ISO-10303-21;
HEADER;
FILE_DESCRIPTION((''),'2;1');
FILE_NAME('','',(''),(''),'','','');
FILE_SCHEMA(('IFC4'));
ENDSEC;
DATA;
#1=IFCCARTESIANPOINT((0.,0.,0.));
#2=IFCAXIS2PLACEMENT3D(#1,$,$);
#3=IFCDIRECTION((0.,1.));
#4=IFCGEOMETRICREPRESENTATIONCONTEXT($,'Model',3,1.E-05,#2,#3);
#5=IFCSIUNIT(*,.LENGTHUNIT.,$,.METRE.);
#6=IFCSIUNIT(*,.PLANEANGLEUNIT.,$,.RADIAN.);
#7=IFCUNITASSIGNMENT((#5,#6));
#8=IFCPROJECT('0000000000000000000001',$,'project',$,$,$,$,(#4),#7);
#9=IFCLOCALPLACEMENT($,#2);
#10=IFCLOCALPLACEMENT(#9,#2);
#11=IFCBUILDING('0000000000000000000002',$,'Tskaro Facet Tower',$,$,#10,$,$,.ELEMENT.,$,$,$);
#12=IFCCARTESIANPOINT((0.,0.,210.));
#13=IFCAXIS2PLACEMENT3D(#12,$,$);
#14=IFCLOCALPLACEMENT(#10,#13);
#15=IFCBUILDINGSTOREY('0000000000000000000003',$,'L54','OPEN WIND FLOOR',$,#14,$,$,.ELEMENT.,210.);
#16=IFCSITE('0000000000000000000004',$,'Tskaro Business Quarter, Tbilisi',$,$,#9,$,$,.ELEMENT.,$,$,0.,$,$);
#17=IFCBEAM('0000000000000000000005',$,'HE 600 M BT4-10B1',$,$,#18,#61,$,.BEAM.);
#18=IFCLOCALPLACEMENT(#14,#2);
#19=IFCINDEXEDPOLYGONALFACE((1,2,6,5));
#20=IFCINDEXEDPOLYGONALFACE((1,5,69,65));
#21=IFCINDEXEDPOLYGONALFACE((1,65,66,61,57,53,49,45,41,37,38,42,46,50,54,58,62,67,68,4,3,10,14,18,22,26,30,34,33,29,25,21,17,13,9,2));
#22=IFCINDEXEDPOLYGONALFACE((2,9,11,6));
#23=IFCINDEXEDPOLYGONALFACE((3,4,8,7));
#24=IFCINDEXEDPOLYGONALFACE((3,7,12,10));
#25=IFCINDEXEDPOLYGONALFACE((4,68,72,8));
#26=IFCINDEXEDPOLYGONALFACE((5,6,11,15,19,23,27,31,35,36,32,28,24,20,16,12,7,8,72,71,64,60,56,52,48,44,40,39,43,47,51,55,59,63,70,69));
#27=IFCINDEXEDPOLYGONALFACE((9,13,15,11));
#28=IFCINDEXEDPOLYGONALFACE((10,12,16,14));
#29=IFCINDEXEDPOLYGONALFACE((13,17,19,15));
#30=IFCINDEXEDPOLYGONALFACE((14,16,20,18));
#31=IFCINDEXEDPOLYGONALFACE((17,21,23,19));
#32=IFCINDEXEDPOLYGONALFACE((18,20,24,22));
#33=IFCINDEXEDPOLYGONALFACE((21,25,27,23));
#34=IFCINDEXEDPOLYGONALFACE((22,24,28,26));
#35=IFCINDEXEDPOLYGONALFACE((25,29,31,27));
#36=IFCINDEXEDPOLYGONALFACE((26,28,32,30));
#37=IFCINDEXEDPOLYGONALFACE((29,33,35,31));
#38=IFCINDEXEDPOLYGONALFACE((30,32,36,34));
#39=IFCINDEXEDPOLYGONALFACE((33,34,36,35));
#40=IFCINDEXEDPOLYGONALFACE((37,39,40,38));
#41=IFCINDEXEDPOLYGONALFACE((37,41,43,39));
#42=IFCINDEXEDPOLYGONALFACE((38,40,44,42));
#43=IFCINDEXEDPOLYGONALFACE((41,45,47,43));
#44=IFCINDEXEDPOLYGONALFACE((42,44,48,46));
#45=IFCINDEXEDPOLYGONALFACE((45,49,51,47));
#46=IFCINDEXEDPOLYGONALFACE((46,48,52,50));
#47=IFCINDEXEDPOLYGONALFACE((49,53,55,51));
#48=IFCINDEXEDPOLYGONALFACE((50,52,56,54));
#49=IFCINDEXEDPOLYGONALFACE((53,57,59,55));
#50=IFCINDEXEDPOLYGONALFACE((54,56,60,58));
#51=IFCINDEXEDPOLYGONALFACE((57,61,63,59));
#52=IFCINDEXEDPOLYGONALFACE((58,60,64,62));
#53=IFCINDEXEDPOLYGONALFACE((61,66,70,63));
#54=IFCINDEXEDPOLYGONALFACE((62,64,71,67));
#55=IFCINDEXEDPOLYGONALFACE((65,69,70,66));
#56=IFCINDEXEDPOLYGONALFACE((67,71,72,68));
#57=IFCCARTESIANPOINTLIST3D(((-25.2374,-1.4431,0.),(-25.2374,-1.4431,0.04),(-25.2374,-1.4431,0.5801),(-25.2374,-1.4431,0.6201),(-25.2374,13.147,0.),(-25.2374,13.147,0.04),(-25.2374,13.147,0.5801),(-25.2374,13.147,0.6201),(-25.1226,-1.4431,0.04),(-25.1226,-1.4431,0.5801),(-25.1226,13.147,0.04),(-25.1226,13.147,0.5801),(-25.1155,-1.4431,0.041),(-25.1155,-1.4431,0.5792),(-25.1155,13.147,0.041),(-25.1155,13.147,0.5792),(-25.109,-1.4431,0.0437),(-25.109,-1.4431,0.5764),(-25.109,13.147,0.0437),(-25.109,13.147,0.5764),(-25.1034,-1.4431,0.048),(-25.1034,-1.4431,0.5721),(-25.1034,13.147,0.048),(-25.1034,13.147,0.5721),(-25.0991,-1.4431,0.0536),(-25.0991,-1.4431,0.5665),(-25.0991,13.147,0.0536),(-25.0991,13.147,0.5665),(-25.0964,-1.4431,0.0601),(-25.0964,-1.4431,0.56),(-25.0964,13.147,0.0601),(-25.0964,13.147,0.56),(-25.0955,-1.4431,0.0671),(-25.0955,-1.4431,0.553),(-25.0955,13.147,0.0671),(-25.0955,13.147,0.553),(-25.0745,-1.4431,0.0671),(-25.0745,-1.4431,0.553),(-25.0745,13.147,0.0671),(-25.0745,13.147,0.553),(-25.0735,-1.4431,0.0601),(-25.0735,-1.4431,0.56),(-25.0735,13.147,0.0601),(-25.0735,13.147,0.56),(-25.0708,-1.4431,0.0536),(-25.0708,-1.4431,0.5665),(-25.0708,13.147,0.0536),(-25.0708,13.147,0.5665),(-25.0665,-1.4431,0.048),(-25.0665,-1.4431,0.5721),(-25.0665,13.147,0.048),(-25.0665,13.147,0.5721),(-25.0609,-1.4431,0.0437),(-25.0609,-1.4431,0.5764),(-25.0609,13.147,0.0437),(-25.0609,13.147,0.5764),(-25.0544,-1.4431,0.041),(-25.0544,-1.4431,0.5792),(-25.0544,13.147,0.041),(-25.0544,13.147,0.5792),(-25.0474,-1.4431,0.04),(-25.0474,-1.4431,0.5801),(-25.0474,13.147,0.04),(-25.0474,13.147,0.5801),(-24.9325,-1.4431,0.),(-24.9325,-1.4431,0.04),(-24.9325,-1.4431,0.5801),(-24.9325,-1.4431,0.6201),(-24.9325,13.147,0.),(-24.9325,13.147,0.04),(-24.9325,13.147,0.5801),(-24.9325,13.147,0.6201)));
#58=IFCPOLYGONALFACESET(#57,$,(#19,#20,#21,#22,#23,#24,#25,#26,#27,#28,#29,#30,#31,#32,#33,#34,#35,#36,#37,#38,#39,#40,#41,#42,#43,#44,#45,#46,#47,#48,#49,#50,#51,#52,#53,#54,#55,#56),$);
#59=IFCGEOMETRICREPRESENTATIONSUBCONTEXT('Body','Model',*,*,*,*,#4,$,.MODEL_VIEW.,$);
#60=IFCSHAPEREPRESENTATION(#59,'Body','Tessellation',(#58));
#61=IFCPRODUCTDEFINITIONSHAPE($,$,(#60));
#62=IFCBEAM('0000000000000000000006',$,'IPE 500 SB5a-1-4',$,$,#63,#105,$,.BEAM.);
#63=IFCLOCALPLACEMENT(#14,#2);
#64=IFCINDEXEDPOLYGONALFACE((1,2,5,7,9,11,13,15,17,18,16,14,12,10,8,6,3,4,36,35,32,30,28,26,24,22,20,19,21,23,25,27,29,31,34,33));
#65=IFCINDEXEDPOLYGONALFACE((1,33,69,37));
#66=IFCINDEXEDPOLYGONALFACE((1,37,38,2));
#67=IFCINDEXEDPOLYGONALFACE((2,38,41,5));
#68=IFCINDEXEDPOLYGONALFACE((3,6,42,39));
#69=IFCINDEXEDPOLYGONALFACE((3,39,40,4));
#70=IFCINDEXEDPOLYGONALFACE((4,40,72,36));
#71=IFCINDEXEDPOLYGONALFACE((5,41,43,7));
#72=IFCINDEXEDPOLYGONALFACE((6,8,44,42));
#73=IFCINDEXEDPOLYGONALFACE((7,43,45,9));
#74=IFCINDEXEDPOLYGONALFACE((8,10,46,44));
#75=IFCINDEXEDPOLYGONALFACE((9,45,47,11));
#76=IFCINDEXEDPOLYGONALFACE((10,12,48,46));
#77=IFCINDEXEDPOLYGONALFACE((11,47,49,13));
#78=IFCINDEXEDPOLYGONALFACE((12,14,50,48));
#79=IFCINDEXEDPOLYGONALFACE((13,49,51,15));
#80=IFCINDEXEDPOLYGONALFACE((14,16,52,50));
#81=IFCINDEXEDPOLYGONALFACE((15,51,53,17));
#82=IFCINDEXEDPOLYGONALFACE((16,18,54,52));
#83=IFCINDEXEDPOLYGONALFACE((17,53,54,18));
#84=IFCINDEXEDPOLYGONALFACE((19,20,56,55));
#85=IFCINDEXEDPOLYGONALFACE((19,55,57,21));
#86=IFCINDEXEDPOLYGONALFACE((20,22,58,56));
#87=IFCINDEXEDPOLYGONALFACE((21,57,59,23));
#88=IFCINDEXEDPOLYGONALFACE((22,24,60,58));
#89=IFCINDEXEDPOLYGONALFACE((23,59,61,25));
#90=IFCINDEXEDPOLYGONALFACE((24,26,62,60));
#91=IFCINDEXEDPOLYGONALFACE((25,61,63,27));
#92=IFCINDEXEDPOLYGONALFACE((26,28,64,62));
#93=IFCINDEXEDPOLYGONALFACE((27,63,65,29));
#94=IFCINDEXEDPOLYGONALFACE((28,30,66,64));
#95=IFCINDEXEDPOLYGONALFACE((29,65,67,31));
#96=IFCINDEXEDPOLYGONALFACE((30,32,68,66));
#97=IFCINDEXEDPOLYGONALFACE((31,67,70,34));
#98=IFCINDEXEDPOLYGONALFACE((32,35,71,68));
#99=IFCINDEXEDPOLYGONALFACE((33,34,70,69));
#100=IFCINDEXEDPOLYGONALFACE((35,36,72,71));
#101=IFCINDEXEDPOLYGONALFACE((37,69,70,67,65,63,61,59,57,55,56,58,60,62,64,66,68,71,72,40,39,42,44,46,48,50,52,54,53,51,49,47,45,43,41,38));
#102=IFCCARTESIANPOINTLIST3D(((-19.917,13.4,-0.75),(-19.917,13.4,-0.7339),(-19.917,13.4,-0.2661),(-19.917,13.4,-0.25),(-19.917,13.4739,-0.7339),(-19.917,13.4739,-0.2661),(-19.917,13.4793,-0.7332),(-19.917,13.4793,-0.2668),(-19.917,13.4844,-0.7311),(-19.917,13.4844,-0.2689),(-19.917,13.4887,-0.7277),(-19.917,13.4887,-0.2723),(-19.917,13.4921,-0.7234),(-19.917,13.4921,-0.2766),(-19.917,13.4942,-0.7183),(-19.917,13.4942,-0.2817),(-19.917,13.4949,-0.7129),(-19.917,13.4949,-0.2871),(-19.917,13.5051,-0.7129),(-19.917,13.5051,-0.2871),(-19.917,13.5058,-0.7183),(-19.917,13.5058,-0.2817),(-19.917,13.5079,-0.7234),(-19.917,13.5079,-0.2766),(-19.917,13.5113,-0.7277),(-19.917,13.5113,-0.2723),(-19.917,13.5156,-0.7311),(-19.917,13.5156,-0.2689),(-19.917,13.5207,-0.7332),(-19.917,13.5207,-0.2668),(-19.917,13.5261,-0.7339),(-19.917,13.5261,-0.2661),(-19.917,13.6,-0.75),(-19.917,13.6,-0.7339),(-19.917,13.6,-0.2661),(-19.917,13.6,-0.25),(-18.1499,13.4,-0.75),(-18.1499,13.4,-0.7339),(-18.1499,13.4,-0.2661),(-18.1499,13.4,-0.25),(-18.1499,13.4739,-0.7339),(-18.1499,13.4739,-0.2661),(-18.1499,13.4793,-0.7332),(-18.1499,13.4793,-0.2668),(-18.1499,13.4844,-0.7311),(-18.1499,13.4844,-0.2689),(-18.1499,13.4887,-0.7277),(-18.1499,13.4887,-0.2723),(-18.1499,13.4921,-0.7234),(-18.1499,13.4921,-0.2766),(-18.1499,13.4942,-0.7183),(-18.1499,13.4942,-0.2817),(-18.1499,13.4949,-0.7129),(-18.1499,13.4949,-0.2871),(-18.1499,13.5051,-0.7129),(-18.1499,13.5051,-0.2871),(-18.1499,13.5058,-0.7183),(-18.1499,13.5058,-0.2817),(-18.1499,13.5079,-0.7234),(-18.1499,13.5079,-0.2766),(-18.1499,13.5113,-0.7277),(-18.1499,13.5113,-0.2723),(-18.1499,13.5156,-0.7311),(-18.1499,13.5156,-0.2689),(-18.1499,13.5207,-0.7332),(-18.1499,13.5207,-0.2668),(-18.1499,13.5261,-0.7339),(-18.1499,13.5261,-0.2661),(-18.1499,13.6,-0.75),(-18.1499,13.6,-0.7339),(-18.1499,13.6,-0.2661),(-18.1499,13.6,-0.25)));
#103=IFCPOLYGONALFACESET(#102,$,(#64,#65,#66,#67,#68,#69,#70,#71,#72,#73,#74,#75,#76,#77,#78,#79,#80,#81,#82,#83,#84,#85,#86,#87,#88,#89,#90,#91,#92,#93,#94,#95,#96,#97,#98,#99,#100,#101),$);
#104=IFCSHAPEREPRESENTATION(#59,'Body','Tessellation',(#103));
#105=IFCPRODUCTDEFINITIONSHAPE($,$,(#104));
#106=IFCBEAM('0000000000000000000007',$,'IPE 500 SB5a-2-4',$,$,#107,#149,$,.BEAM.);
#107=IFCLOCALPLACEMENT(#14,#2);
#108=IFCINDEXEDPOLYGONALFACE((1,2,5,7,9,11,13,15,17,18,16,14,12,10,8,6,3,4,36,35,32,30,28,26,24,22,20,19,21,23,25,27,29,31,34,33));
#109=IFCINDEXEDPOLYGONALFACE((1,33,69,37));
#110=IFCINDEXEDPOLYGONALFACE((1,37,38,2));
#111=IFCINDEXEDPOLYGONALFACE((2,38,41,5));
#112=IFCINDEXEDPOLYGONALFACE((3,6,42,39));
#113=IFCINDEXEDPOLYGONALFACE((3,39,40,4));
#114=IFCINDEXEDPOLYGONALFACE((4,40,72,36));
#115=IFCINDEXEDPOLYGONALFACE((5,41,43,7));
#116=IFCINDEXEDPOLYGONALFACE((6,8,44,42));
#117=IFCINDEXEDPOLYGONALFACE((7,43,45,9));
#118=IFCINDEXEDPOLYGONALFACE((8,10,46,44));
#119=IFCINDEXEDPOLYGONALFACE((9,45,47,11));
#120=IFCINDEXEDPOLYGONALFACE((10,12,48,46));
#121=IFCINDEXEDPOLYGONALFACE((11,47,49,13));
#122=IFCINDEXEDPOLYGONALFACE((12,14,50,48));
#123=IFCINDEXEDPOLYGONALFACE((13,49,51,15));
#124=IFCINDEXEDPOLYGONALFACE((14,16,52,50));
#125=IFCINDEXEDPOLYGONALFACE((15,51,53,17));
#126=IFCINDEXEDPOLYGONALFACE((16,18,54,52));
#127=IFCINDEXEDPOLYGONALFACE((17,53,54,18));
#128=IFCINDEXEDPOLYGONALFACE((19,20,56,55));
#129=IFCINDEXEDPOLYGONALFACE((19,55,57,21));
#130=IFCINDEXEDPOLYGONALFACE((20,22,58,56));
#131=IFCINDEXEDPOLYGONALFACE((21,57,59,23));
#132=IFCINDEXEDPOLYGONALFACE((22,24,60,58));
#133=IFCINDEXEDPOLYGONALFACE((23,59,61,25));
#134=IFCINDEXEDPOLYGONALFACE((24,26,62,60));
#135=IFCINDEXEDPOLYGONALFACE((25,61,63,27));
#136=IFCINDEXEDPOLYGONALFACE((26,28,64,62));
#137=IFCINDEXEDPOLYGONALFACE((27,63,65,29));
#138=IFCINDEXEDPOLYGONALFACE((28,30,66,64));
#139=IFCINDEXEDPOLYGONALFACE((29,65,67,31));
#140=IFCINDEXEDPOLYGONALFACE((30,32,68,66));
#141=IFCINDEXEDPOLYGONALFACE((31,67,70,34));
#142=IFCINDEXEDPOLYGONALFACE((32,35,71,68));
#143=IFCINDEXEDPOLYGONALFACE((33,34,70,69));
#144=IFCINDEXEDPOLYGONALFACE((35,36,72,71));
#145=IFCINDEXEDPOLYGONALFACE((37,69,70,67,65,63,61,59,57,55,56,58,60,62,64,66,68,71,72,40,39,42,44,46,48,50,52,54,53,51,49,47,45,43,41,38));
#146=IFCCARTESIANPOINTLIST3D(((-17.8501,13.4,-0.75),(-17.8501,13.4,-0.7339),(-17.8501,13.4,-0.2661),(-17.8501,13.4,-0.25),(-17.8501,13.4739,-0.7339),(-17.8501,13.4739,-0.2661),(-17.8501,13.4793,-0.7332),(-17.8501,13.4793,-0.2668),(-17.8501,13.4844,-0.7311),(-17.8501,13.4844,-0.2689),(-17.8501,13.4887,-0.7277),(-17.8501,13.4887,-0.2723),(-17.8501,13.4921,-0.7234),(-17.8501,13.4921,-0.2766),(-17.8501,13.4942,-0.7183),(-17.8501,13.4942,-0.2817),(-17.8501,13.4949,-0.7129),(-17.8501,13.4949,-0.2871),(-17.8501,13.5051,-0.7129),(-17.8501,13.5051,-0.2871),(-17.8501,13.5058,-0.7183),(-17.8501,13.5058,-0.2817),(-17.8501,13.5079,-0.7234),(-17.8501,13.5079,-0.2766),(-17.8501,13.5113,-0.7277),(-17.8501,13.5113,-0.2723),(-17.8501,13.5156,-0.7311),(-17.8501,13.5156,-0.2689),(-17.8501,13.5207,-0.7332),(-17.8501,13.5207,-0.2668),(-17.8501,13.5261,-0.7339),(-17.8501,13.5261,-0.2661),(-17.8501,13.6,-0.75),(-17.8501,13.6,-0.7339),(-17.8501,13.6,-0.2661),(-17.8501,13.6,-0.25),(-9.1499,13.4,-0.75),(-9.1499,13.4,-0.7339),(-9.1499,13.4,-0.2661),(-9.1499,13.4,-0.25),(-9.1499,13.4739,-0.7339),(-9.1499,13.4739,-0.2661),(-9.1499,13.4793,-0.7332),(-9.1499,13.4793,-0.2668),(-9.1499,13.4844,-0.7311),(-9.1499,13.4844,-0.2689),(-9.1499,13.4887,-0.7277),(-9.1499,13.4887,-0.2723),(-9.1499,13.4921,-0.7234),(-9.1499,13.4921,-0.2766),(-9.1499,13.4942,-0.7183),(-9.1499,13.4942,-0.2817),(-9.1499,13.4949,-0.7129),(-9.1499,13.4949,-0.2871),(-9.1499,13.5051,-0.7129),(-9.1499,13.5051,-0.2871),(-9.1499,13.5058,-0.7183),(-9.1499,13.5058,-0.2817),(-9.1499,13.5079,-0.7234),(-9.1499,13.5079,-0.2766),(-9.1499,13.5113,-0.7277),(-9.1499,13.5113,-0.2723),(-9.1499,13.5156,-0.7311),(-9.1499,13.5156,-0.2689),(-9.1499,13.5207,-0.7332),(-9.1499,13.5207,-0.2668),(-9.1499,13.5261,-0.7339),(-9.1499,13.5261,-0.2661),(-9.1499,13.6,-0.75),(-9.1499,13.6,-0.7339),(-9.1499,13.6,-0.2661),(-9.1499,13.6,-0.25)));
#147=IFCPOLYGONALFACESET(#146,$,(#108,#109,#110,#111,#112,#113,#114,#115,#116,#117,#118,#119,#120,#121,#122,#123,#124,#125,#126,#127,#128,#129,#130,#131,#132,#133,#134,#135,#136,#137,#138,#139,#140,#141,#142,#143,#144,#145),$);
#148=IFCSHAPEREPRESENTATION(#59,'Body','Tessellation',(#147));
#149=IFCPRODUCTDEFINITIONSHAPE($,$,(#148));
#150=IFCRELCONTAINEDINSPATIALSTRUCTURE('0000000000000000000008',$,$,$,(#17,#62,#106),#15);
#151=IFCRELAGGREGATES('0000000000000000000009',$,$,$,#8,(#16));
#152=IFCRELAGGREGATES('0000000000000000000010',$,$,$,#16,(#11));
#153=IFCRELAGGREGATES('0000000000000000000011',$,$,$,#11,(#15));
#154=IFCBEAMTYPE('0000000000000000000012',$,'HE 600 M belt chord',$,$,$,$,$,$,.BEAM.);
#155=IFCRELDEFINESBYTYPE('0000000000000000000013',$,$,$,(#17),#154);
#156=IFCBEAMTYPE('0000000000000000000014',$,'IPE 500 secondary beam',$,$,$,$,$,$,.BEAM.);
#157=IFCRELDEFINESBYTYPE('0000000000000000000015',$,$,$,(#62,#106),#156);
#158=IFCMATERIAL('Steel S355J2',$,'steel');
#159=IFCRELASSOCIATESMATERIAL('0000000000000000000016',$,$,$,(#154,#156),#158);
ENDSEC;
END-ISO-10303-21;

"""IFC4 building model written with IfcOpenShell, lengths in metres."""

from ifc_helpers import new_model, si_unit, direction, frame, origin, origin_2d, place, context, subcontext, project, spatial, i_section, extrude, material, material_profile, profile_set, type_object, element, save


model = new_model("IFC4")

# Units and contexts
model_context = context("Model", 3, precision=1e-05, world=origin(), true_north=direction((0.0, 1.0)))
body_context = subcontext(model_context, "Body", "Model", "MODEL_VIEW")
ifc_project = project(units=[si_unit("LENGTHUNIT", "METRE"), si_unit("PLANEANGLEUNIT", "RADIAN")], contexts=[model_context])

# Site, building, storey
site_placement = place(None, origin())
site = spatial("IfcSite", under=ifc_project, at=site_placement, Name="Tskaro Business Quarter, Tbilisi", CompositionType="ELEMENT", RefElevation=0.0)
building_placement = place(site_placement, origin())
building = spatial("IfcBuilding", under=site, at=building_placement, Name="Tskaro Facet Tower", CompositionType="ELEMENT")
storey_placement = place(building_placement, frame((0.0, 0.0, 210.0)))
storey = spatial("IfcBuildingStorey", under=building, at=storey_placement, Name="L54", Description="OPEN WIND FLOOR", CompositionType="ELEMENT", Elevation=210.0)

# Shared definitions
ifc_material_1 = material(Name="Steel S355J2", Category="steel")

# Beams
ifc_material_profile_1 = material_profile(ifc_material_1, i_section(OverallWidth=0.3049, OverallDepth=0.6201, WebThickness=0.021, FlangeThickness=0.04, FilletRadius=0.0271, at=origin_2d()), Name="HE 600 M")
ifc_profile_set_1 = profile_set([ifc_material_profile_1], Name="Steel S355J2")
beam_type_1 = type_object("IfcBeamType", Name="HE 600 M belt chord", PredefinedType="BEAM", material=ifc_profile_set_1)
beam_1_placement = place(storey_placement, frame((-25.085, 13.147, 0.3101), z_axis=(0.0, -1.0, 0.0), x_axis=(1.0, 0.0, 0.0)))
element("IfcBeam", 1, at=beam_1_placement, inside=storey, type_object=beam_type_1, Name="HE 600 M BT4-10B1", PredefinedType="BEAM", context=body_context, shape_type="SweptSolid", body=[
    extrude(i_section(OverallWidth=0.3049, OverallDepth=0.6201, WebThickness=0.021, FlangeThickness=0.04, FilletRadius=0.0271, at=origin_2d()), origin(), (0.0, 0.0, 1.0), 14.5901),
])
ifc_material_profile_2 = material_profile(ifc_material_1, i_section(OverallWidth=0.2, OverallDepth=0.5, WebThickness=0.0103, FlangeThickness=0.0161, FilletRadius=0.021, at=origin_2d()), Name="IPE 500")
ifc_profile_set_2 = profile_set([ifc_material_profile_2], Name="Steel S355J2")
beam_type_2 = type_object("IfcBeamType", Name="IPE 500 secondary beam", PredefinedType="BEAM", material=ifc_profile_set_2)
beam_2_placement = place(storey_placement, frame((-19.917, 13.5, -0.5), z_axis=(1.0, 0.0, 0.0), x_axis=(0.0, 1.0, 0.0)))
element("IfcBeam", 2, at=beam_2_placement, inside=storey, type_object=beam_type_2, Name="IPE 500 SB5a-1-4", PredefinedType="BEAM", context=body_context, shape_type="SweptSolid", body=[
    extrude(i_section(OverallWidth=0.2, OverallDepth=0.5, WebThickness=0.0103, FlangeThickness=0.0161, FilletRadius=0.021, at=origin_2d()), origin(), (0.0, 0.0, 1.0), 1.7671),
])
beam_3_placement = place(storey_placement, frame((-17.8501, 13.5, -0.5), z_axis=(1.0, 0.0, 0.0), x_axis=(0.0, 1.0, 0.0)))
element("IfcBeam", 3, at=beam_3_placement, inside=storey, type_object=beam_type_2, Name="IPE 500 SB5a-2-4", PredefinedType="BEAM", context=body_context, shape_type="SweptSolid", body=[
    extrude(i_section(OverallWidth=0.2, OverallDepth=0.5, WebThickness=0.0103, FlangeThickness=0.0161, FilletRadius=0.021, at=origin_2d()), origin(), (0.0, 0.0, 1.0), 8.7002),
])

save(model, "model.ifc")
